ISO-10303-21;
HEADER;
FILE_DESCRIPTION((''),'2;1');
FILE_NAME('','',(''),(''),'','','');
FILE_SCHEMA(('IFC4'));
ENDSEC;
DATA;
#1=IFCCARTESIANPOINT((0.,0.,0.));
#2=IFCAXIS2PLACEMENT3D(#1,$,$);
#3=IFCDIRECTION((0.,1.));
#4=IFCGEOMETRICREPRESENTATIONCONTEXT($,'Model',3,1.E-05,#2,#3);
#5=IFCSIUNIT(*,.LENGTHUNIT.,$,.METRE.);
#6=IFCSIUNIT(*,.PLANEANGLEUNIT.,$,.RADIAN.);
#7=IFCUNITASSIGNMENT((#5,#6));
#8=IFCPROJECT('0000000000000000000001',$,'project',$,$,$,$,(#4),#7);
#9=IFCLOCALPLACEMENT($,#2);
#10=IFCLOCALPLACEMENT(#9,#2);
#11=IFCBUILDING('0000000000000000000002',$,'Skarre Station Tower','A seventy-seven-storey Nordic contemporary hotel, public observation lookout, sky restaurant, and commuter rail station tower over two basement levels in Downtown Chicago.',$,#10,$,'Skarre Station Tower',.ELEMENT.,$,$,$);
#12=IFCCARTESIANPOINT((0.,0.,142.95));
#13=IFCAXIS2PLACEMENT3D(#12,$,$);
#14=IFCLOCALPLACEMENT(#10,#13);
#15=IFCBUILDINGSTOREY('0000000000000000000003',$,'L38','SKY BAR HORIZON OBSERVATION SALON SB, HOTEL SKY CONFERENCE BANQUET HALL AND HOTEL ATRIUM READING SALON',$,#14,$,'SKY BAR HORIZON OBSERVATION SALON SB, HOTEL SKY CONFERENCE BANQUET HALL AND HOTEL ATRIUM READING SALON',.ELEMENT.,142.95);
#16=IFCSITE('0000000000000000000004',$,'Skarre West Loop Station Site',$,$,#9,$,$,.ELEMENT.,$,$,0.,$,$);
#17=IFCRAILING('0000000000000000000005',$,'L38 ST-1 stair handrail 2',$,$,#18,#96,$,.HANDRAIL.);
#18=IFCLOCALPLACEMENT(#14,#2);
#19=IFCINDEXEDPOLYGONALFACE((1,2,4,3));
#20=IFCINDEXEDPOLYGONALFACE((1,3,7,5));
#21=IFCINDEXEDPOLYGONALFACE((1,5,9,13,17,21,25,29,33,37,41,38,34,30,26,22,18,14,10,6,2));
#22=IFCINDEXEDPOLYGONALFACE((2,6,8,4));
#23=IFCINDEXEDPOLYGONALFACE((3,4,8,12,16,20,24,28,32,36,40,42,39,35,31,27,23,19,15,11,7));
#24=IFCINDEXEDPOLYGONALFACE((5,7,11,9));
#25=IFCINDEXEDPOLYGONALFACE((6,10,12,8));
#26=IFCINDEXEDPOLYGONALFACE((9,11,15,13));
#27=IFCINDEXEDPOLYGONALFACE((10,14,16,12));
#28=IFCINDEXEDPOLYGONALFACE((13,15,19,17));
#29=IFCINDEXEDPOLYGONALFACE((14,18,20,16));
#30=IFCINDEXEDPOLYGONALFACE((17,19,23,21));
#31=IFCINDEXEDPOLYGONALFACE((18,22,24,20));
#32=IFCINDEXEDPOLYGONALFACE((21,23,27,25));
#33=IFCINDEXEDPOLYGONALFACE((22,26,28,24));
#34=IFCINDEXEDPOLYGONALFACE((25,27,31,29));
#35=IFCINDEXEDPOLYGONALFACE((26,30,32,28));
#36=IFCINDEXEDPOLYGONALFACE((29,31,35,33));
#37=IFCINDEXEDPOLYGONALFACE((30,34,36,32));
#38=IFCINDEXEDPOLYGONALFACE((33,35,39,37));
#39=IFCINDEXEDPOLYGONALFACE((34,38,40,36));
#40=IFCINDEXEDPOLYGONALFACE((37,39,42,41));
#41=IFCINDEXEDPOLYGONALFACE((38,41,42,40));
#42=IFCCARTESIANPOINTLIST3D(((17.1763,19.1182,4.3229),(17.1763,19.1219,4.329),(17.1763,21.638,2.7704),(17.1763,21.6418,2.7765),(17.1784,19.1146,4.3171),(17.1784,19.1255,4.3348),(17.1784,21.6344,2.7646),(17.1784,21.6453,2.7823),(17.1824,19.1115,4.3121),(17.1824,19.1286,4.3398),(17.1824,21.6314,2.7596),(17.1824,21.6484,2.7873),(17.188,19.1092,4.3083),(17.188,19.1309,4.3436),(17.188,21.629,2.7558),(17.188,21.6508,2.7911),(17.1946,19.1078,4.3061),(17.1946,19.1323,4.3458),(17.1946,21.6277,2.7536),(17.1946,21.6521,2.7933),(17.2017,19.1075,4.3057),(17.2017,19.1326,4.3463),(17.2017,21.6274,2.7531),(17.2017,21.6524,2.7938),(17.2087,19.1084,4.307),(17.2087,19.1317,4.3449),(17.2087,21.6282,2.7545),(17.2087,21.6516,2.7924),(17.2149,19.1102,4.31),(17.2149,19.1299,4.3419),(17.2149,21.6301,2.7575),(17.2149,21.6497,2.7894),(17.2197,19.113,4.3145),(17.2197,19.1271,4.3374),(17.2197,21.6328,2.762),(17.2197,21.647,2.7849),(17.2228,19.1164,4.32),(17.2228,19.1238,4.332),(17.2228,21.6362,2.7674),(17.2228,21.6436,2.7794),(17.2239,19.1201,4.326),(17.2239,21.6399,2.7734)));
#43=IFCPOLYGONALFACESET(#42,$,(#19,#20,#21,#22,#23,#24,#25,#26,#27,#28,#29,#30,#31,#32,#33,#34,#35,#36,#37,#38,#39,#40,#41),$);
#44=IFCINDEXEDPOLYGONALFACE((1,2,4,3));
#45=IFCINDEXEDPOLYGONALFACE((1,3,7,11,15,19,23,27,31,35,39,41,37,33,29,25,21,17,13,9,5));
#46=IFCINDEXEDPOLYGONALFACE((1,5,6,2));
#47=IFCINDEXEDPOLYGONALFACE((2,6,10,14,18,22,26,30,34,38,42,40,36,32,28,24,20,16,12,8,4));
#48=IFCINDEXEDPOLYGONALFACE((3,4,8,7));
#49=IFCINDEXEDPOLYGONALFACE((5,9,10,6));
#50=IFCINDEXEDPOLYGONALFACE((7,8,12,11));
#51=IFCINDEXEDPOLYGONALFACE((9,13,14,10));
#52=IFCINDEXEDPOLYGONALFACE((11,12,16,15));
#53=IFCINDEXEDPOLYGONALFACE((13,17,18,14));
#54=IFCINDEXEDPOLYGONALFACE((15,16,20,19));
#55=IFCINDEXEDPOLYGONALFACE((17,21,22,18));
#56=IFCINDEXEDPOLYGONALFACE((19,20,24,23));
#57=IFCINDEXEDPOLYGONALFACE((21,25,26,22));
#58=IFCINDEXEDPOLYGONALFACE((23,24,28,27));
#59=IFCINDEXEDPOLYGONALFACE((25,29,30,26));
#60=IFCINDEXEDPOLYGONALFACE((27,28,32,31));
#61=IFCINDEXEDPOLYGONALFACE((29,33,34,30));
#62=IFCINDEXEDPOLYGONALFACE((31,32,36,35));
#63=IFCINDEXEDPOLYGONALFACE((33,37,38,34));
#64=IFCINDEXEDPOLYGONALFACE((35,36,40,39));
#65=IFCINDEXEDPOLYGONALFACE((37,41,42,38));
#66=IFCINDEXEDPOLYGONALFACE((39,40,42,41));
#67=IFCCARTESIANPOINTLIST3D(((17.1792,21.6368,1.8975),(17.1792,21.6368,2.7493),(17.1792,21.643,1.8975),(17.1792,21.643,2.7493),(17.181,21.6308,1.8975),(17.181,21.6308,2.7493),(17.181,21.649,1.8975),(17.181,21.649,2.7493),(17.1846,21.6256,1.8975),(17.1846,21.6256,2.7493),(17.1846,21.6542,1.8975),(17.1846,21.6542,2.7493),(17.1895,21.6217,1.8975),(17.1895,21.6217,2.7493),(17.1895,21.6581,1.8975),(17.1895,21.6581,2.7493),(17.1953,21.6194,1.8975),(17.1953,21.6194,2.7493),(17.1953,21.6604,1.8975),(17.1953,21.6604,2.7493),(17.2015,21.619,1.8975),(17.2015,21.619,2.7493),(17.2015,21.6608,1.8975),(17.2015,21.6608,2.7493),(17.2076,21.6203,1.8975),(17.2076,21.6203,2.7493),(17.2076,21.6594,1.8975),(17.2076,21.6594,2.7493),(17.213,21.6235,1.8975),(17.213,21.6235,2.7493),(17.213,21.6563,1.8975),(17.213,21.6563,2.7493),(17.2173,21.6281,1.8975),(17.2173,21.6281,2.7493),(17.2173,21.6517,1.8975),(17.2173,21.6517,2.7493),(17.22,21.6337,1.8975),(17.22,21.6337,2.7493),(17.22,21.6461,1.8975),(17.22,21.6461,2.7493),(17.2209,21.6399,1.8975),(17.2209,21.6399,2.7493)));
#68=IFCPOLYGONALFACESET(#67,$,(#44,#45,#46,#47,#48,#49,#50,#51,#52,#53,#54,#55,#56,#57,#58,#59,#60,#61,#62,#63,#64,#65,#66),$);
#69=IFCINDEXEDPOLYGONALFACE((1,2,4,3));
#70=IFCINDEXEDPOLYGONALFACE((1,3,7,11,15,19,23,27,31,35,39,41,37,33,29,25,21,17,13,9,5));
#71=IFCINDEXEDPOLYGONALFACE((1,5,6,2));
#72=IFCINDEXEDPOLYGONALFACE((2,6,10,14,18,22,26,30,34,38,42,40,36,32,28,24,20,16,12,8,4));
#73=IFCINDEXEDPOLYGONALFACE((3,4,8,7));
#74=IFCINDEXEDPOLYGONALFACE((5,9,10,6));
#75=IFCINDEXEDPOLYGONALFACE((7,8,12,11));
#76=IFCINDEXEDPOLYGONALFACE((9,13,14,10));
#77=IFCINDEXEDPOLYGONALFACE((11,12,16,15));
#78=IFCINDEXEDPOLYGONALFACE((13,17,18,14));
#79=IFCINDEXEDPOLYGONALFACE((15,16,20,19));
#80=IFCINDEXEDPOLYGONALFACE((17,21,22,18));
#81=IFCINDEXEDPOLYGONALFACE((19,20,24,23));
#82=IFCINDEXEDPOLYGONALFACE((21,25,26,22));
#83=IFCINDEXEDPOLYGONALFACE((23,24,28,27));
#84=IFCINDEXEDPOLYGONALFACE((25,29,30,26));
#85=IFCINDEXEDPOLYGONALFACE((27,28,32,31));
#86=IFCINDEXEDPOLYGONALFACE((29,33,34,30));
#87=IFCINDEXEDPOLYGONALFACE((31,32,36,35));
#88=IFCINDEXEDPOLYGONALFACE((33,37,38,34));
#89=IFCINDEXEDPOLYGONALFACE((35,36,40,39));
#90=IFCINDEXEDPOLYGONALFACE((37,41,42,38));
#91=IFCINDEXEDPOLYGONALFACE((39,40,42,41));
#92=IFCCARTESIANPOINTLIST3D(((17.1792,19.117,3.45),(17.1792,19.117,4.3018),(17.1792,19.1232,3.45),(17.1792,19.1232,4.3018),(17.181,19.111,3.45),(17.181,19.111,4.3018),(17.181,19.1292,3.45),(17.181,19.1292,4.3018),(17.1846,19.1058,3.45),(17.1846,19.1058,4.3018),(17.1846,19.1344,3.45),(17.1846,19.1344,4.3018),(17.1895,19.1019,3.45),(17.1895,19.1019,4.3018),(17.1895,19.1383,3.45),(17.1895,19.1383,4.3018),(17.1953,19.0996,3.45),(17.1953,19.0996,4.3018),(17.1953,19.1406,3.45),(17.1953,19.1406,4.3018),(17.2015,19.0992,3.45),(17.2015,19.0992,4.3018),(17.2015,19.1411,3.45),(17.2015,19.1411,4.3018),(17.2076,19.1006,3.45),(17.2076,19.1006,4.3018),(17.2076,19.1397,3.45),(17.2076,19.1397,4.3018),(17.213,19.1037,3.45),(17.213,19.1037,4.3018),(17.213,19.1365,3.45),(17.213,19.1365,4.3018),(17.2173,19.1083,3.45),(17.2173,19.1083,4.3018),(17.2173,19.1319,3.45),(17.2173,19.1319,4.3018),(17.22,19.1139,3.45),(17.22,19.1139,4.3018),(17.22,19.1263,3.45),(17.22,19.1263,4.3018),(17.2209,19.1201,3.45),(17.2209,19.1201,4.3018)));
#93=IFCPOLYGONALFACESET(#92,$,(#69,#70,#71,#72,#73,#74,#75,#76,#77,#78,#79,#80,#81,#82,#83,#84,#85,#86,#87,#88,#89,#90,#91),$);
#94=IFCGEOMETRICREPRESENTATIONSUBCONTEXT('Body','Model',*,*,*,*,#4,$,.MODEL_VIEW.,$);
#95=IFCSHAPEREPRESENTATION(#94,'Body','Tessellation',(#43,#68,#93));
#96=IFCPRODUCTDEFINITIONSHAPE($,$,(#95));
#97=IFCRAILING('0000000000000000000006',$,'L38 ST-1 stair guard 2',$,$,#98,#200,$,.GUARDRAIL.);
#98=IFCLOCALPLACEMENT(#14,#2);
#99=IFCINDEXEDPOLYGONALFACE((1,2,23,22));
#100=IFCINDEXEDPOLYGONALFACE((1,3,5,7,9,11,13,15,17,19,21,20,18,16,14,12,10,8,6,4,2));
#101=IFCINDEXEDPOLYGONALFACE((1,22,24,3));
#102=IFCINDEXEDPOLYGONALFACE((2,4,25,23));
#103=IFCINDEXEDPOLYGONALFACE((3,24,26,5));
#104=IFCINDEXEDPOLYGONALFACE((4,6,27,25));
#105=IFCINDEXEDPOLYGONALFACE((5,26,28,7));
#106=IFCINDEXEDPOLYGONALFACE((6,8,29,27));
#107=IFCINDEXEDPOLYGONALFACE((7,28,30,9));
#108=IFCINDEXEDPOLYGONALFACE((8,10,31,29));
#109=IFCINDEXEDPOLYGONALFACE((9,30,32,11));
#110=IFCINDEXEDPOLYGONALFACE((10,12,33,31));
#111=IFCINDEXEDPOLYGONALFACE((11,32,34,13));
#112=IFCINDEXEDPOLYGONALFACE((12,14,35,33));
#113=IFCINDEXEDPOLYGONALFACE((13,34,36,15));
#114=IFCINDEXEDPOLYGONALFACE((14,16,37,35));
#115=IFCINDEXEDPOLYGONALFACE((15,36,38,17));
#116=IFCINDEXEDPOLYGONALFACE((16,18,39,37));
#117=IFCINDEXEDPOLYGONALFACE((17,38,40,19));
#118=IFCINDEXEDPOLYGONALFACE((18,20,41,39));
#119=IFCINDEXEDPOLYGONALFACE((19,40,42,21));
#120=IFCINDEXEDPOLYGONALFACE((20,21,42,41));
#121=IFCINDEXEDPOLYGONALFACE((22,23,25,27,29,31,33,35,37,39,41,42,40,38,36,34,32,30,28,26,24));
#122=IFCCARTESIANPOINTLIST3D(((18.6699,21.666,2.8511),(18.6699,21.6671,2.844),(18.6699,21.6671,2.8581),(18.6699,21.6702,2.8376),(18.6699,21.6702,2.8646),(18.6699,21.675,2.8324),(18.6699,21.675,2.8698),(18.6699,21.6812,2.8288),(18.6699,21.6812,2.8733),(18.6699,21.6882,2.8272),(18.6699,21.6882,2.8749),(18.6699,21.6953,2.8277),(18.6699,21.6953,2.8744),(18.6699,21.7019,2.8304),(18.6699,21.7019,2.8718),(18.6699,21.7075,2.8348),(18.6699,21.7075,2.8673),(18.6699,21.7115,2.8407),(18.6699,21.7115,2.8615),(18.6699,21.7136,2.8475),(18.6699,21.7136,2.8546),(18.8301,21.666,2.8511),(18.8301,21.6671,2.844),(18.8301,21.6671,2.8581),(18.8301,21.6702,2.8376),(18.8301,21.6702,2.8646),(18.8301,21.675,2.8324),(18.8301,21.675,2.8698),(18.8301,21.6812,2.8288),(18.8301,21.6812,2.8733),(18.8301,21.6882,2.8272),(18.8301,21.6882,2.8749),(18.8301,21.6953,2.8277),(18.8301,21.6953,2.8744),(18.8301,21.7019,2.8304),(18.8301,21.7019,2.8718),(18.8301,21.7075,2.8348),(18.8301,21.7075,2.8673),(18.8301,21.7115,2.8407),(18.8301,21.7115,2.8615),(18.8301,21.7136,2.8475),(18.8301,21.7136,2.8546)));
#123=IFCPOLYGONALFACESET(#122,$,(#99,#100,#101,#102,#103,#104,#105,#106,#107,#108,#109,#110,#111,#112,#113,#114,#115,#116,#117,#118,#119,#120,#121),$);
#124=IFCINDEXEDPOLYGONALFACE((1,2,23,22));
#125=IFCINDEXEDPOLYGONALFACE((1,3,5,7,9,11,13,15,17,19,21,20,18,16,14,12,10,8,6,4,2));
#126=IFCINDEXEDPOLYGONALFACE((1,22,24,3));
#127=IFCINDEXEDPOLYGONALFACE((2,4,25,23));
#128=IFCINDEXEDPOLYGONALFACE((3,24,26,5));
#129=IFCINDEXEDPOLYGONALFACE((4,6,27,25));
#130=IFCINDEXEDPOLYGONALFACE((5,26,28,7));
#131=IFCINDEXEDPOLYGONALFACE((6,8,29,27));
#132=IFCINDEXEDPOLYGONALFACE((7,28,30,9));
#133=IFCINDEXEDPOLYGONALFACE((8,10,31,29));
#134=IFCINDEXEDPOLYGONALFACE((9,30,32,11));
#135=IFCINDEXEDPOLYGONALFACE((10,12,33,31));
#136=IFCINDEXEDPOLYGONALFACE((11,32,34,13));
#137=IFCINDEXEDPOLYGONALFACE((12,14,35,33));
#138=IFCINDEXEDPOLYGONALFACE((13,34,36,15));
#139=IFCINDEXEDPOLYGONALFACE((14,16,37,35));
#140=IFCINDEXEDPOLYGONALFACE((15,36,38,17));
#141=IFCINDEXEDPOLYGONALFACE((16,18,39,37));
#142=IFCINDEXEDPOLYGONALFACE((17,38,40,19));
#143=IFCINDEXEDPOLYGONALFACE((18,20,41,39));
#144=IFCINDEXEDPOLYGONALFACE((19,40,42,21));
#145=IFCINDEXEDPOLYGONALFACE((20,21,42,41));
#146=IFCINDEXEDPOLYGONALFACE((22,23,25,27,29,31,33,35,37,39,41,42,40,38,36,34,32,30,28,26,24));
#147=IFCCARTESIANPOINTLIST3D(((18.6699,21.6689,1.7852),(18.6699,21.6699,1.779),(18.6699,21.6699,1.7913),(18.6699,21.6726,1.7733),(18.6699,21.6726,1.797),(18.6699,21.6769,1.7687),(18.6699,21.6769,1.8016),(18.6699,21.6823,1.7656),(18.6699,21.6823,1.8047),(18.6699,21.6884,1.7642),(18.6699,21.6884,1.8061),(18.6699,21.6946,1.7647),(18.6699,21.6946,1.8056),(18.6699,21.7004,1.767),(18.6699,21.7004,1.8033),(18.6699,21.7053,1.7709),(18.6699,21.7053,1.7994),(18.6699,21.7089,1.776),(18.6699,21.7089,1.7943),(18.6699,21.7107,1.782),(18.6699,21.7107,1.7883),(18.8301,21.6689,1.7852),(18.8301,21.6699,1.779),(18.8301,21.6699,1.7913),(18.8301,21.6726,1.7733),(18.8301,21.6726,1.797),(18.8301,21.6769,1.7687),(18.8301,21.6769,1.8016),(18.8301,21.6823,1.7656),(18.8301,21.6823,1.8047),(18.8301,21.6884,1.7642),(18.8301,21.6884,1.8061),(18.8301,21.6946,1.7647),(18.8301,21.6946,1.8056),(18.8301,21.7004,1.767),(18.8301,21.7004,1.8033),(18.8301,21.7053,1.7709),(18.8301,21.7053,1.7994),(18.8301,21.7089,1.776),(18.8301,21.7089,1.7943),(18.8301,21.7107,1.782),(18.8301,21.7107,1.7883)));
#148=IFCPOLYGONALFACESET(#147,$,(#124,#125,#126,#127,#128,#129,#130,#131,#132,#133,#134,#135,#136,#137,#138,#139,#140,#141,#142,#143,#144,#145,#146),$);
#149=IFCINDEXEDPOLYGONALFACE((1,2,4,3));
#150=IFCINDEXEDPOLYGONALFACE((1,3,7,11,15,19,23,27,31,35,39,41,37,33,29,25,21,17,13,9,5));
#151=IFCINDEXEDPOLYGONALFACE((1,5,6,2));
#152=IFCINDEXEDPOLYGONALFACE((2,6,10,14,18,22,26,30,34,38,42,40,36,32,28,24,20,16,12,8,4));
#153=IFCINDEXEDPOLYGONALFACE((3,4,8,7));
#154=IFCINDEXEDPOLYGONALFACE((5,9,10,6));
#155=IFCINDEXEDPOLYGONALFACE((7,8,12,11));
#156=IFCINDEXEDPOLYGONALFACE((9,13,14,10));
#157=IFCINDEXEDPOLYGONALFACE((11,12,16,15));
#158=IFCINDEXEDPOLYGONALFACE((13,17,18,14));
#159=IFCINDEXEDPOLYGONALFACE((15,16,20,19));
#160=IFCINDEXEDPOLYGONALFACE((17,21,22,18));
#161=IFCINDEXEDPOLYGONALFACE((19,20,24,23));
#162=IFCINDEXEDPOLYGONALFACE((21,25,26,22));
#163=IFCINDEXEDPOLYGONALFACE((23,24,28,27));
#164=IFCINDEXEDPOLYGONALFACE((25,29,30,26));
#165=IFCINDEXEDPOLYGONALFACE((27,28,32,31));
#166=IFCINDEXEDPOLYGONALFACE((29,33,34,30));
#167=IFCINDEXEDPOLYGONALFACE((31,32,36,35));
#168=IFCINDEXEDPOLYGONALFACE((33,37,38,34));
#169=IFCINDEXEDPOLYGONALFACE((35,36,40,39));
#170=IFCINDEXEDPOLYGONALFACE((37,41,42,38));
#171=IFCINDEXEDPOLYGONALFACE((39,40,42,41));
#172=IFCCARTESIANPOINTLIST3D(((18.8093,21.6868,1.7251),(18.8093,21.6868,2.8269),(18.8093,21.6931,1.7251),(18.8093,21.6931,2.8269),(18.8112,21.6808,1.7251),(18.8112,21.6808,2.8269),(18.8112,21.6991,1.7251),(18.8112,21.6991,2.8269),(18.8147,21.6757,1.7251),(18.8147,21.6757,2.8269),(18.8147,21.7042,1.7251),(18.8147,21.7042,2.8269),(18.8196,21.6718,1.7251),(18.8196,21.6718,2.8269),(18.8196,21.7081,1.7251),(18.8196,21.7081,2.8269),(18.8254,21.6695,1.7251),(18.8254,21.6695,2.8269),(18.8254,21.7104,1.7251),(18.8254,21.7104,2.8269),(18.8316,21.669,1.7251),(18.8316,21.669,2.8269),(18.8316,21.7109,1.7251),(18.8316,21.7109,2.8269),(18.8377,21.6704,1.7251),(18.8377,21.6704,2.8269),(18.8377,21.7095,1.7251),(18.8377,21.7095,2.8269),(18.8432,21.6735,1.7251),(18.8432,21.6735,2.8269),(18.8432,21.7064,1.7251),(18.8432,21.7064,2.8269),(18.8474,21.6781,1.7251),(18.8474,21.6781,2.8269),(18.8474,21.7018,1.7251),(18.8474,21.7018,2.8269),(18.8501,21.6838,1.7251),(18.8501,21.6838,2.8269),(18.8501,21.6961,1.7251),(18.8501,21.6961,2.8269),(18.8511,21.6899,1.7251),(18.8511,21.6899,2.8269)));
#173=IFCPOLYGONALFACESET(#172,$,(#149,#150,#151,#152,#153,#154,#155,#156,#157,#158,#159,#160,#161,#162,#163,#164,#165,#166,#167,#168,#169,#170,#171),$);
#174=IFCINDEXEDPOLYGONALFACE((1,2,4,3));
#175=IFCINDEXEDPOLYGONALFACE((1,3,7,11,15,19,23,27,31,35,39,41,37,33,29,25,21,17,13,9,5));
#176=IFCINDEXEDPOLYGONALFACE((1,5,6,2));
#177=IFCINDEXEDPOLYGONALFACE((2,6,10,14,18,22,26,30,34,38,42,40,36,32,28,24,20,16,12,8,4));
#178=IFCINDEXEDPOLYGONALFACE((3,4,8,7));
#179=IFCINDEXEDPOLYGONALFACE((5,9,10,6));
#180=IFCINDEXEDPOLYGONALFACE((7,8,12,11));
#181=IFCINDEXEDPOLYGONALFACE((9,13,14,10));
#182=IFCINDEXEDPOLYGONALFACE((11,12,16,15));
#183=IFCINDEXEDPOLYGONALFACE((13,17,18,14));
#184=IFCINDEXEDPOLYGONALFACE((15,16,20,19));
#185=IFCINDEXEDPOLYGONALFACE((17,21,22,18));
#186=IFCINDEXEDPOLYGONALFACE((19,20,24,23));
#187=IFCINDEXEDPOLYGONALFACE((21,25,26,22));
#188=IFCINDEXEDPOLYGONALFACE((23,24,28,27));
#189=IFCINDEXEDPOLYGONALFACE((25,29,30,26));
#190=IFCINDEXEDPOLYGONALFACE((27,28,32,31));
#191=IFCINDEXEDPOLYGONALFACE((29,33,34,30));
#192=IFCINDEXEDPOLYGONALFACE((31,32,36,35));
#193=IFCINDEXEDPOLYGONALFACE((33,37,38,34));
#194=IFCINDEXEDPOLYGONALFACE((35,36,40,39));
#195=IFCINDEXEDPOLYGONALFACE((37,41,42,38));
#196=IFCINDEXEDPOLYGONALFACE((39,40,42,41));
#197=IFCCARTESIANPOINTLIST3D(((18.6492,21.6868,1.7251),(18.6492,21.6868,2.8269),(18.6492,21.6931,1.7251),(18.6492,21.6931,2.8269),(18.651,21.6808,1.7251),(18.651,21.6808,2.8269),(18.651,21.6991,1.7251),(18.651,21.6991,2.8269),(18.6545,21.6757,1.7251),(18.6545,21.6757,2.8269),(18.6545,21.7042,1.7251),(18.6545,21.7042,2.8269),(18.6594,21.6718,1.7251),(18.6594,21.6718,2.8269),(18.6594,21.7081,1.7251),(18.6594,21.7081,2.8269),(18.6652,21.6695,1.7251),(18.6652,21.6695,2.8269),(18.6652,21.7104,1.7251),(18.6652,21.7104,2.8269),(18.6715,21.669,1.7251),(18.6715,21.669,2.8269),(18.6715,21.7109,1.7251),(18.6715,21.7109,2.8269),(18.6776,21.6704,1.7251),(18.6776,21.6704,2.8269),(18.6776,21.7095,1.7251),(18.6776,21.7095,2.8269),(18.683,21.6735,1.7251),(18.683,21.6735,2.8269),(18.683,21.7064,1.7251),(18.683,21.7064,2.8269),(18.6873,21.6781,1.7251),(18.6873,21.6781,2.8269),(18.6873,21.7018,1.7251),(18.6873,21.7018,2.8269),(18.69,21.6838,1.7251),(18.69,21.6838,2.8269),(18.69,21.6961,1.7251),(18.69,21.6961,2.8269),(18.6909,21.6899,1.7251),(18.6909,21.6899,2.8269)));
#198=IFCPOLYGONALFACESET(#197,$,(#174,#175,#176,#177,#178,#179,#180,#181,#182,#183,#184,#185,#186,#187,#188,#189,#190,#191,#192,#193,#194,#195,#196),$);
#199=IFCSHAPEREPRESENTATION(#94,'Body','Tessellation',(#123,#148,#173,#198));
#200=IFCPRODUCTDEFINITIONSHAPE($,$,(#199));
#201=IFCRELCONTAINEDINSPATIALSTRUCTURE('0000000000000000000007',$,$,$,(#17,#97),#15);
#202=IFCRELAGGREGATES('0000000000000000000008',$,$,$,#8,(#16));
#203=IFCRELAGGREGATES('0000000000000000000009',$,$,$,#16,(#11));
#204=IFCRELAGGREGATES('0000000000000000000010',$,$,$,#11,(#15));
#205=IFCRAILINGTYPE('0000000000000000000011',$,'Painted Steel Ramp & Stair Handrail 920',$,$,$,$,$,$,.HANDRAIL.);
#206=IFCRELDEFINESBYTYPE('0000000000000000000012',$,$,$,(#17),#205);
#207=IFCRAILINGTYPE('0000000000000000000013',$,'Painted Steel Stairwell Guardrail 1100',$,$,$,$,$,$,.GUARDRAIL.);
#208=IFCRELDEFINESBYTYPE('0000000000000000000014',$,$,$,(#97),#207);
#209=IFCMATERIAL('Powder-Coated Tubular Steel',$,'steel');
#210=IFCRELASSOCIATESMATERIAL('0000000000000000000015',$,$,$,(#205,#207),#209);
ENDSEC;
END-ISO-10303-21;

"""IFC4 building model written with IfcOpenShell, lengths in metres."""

from ifc_helpers import new_model, si_unit, direction, frame, origin, origin_2d, place, context, subcontext, project, spatial, circle, extrude, material, type_object, element, save


model = new_model("IFC4")

# Units and contexts
model_context = context("Model", 3, precision=1e-05, world=origin(), true_north=direction((0.0, 1.0)))
body_context = subcontext(model_context, "Body", "Model", "MODEL_VIEW")
ifc_project = project(units=[si_unit("LENGTHUNIT", "METRE"), si_unit("PLANEANGLEUNIT", "RADIAN")], contexts=[model_context])

# Site, building, storey
site_placement = place(None, origin())
site = spatial("IfcSite", under=ifc_project, at=site_placement, Name="Skarre West Loop Station Site", CompositionType="ELEMENT", RefElevation=0.0)
building_placement = place(site_placement, origin())
building = spatial("IfcBuilding", under=site, at=building_placement, Name="Skarre Station Tower", Description="A seventy-seven-storey Nordic contemporary hotel, public observation lookout, sky restaurant, and commuter rail station tower over two basement levels in Downtown Chicago.", LongName="Skarre Station Tower", CompositionType="ELEMENT")
storey_placement = place(building_placement, frame((0.0, 0.0, 142.95)))
storey = spatial("IfcBuildingStorey", under=building, at=storey_placement, Name="L38", Description="SKY BAR HORIZON OBSERVATION SALON SB, HOTEL SKY CONFERENCE BANQUET HALL AND HOTEL ATRIUM READING SALON", LongName="SKY BAR HORIZON OBSERVATION SALON SB, HOTEL SKY CONFERENCE BANQUET HALL AND HOTEL ATRIUM READING SALON", CompositionType="ELEMENT", Elevation=142.95)

# Railings
ifc_material_1 = material(Name="Powder-Coated Tubular Steel", Category="steel")
railing_type_1 = type_object("IfcRailingType", Name="Painted Steel Ramp & Stair Handrail 920", PredefinedType="HANDRAIL", material=ifc_material_1)
railing_1_placement = place(storey_placement, frame((17.2, 21.6399, 1.8975)))
element("IfcRailing", 1, at=railing_1_placement, inside=storey, type_object=railing_type_1, Name="L38 ST-1 stair handrail 2", PredefinedType="HANDRAIL", context=body_context, shape_type="SweptSolid", body=[
    extrude(circle(Radius=0.0239, at=origin_2d()), frame((0.0, 0.0, 0.876), z_axis=(0.0, -0.851378, 0.524553), x_axis=(1.0, 0.0, 0.0)), (0.0, 0.0, 1.0), 2.9597),
    extrude(circle(Radius=0.021, at=origin_2d()), origin(), (0.0, 0.0, 1.0), 0.8518),
    extrude(circle(Radius=0.021, at=origin_2d()), frame((0.0, -2.5198, 1.5525)), (0.0, 0.0, 1.0), 0.8518),
])
railing_type_2 = type_object("IfcRailingType", Name="Painted Steel Stairwell Guardrail 1100", PredefinedType="GUARDRAIL", material=ifc_material_1)
railing_2_placement = place(storey_placement, frame((18.8301, 21.6899, 1.7251)))
element("IfcRailing", 2, at=railing_2_placement, inside=storey, type_object=railing_type_2, Name="L38 ST-1 stair guard 2", PredefinedType="GUARDRAIL", context=body_context, shape_type="SweptSolid", body=[
    extrude(circle(Radius=0.0239, at=origin_2d()), frame((0.0, 0.0, 1.126), z_axis=(-1.0, 0.0, 0.0), x_axis=(0.0, -1.0, 0.0)), (0.0, 0.0, 1.0), 0.1602),
    extrude(circle(Radius=0.021, at=origin_2d()), frame((0.0, 0.0, 0.0601), z_axis=(-1.0, 0.0, 0.0), x_axis=(0.0, -1.0, 0.0)), (0.0, 0.0, 1.0), 0.1602),
    extrude(circle(Radius=0.021, at=origin_2d()), origin(), (0.0, 0.0, 1.0), 1.1018),
    extrude(circle(Radius=0.021, at=origin_2d()), frame((-0.1602, 0.0, 0.0)), (0.0, 0.0, 1.0), 1.1018),
])

save(model, "model.ifc")
